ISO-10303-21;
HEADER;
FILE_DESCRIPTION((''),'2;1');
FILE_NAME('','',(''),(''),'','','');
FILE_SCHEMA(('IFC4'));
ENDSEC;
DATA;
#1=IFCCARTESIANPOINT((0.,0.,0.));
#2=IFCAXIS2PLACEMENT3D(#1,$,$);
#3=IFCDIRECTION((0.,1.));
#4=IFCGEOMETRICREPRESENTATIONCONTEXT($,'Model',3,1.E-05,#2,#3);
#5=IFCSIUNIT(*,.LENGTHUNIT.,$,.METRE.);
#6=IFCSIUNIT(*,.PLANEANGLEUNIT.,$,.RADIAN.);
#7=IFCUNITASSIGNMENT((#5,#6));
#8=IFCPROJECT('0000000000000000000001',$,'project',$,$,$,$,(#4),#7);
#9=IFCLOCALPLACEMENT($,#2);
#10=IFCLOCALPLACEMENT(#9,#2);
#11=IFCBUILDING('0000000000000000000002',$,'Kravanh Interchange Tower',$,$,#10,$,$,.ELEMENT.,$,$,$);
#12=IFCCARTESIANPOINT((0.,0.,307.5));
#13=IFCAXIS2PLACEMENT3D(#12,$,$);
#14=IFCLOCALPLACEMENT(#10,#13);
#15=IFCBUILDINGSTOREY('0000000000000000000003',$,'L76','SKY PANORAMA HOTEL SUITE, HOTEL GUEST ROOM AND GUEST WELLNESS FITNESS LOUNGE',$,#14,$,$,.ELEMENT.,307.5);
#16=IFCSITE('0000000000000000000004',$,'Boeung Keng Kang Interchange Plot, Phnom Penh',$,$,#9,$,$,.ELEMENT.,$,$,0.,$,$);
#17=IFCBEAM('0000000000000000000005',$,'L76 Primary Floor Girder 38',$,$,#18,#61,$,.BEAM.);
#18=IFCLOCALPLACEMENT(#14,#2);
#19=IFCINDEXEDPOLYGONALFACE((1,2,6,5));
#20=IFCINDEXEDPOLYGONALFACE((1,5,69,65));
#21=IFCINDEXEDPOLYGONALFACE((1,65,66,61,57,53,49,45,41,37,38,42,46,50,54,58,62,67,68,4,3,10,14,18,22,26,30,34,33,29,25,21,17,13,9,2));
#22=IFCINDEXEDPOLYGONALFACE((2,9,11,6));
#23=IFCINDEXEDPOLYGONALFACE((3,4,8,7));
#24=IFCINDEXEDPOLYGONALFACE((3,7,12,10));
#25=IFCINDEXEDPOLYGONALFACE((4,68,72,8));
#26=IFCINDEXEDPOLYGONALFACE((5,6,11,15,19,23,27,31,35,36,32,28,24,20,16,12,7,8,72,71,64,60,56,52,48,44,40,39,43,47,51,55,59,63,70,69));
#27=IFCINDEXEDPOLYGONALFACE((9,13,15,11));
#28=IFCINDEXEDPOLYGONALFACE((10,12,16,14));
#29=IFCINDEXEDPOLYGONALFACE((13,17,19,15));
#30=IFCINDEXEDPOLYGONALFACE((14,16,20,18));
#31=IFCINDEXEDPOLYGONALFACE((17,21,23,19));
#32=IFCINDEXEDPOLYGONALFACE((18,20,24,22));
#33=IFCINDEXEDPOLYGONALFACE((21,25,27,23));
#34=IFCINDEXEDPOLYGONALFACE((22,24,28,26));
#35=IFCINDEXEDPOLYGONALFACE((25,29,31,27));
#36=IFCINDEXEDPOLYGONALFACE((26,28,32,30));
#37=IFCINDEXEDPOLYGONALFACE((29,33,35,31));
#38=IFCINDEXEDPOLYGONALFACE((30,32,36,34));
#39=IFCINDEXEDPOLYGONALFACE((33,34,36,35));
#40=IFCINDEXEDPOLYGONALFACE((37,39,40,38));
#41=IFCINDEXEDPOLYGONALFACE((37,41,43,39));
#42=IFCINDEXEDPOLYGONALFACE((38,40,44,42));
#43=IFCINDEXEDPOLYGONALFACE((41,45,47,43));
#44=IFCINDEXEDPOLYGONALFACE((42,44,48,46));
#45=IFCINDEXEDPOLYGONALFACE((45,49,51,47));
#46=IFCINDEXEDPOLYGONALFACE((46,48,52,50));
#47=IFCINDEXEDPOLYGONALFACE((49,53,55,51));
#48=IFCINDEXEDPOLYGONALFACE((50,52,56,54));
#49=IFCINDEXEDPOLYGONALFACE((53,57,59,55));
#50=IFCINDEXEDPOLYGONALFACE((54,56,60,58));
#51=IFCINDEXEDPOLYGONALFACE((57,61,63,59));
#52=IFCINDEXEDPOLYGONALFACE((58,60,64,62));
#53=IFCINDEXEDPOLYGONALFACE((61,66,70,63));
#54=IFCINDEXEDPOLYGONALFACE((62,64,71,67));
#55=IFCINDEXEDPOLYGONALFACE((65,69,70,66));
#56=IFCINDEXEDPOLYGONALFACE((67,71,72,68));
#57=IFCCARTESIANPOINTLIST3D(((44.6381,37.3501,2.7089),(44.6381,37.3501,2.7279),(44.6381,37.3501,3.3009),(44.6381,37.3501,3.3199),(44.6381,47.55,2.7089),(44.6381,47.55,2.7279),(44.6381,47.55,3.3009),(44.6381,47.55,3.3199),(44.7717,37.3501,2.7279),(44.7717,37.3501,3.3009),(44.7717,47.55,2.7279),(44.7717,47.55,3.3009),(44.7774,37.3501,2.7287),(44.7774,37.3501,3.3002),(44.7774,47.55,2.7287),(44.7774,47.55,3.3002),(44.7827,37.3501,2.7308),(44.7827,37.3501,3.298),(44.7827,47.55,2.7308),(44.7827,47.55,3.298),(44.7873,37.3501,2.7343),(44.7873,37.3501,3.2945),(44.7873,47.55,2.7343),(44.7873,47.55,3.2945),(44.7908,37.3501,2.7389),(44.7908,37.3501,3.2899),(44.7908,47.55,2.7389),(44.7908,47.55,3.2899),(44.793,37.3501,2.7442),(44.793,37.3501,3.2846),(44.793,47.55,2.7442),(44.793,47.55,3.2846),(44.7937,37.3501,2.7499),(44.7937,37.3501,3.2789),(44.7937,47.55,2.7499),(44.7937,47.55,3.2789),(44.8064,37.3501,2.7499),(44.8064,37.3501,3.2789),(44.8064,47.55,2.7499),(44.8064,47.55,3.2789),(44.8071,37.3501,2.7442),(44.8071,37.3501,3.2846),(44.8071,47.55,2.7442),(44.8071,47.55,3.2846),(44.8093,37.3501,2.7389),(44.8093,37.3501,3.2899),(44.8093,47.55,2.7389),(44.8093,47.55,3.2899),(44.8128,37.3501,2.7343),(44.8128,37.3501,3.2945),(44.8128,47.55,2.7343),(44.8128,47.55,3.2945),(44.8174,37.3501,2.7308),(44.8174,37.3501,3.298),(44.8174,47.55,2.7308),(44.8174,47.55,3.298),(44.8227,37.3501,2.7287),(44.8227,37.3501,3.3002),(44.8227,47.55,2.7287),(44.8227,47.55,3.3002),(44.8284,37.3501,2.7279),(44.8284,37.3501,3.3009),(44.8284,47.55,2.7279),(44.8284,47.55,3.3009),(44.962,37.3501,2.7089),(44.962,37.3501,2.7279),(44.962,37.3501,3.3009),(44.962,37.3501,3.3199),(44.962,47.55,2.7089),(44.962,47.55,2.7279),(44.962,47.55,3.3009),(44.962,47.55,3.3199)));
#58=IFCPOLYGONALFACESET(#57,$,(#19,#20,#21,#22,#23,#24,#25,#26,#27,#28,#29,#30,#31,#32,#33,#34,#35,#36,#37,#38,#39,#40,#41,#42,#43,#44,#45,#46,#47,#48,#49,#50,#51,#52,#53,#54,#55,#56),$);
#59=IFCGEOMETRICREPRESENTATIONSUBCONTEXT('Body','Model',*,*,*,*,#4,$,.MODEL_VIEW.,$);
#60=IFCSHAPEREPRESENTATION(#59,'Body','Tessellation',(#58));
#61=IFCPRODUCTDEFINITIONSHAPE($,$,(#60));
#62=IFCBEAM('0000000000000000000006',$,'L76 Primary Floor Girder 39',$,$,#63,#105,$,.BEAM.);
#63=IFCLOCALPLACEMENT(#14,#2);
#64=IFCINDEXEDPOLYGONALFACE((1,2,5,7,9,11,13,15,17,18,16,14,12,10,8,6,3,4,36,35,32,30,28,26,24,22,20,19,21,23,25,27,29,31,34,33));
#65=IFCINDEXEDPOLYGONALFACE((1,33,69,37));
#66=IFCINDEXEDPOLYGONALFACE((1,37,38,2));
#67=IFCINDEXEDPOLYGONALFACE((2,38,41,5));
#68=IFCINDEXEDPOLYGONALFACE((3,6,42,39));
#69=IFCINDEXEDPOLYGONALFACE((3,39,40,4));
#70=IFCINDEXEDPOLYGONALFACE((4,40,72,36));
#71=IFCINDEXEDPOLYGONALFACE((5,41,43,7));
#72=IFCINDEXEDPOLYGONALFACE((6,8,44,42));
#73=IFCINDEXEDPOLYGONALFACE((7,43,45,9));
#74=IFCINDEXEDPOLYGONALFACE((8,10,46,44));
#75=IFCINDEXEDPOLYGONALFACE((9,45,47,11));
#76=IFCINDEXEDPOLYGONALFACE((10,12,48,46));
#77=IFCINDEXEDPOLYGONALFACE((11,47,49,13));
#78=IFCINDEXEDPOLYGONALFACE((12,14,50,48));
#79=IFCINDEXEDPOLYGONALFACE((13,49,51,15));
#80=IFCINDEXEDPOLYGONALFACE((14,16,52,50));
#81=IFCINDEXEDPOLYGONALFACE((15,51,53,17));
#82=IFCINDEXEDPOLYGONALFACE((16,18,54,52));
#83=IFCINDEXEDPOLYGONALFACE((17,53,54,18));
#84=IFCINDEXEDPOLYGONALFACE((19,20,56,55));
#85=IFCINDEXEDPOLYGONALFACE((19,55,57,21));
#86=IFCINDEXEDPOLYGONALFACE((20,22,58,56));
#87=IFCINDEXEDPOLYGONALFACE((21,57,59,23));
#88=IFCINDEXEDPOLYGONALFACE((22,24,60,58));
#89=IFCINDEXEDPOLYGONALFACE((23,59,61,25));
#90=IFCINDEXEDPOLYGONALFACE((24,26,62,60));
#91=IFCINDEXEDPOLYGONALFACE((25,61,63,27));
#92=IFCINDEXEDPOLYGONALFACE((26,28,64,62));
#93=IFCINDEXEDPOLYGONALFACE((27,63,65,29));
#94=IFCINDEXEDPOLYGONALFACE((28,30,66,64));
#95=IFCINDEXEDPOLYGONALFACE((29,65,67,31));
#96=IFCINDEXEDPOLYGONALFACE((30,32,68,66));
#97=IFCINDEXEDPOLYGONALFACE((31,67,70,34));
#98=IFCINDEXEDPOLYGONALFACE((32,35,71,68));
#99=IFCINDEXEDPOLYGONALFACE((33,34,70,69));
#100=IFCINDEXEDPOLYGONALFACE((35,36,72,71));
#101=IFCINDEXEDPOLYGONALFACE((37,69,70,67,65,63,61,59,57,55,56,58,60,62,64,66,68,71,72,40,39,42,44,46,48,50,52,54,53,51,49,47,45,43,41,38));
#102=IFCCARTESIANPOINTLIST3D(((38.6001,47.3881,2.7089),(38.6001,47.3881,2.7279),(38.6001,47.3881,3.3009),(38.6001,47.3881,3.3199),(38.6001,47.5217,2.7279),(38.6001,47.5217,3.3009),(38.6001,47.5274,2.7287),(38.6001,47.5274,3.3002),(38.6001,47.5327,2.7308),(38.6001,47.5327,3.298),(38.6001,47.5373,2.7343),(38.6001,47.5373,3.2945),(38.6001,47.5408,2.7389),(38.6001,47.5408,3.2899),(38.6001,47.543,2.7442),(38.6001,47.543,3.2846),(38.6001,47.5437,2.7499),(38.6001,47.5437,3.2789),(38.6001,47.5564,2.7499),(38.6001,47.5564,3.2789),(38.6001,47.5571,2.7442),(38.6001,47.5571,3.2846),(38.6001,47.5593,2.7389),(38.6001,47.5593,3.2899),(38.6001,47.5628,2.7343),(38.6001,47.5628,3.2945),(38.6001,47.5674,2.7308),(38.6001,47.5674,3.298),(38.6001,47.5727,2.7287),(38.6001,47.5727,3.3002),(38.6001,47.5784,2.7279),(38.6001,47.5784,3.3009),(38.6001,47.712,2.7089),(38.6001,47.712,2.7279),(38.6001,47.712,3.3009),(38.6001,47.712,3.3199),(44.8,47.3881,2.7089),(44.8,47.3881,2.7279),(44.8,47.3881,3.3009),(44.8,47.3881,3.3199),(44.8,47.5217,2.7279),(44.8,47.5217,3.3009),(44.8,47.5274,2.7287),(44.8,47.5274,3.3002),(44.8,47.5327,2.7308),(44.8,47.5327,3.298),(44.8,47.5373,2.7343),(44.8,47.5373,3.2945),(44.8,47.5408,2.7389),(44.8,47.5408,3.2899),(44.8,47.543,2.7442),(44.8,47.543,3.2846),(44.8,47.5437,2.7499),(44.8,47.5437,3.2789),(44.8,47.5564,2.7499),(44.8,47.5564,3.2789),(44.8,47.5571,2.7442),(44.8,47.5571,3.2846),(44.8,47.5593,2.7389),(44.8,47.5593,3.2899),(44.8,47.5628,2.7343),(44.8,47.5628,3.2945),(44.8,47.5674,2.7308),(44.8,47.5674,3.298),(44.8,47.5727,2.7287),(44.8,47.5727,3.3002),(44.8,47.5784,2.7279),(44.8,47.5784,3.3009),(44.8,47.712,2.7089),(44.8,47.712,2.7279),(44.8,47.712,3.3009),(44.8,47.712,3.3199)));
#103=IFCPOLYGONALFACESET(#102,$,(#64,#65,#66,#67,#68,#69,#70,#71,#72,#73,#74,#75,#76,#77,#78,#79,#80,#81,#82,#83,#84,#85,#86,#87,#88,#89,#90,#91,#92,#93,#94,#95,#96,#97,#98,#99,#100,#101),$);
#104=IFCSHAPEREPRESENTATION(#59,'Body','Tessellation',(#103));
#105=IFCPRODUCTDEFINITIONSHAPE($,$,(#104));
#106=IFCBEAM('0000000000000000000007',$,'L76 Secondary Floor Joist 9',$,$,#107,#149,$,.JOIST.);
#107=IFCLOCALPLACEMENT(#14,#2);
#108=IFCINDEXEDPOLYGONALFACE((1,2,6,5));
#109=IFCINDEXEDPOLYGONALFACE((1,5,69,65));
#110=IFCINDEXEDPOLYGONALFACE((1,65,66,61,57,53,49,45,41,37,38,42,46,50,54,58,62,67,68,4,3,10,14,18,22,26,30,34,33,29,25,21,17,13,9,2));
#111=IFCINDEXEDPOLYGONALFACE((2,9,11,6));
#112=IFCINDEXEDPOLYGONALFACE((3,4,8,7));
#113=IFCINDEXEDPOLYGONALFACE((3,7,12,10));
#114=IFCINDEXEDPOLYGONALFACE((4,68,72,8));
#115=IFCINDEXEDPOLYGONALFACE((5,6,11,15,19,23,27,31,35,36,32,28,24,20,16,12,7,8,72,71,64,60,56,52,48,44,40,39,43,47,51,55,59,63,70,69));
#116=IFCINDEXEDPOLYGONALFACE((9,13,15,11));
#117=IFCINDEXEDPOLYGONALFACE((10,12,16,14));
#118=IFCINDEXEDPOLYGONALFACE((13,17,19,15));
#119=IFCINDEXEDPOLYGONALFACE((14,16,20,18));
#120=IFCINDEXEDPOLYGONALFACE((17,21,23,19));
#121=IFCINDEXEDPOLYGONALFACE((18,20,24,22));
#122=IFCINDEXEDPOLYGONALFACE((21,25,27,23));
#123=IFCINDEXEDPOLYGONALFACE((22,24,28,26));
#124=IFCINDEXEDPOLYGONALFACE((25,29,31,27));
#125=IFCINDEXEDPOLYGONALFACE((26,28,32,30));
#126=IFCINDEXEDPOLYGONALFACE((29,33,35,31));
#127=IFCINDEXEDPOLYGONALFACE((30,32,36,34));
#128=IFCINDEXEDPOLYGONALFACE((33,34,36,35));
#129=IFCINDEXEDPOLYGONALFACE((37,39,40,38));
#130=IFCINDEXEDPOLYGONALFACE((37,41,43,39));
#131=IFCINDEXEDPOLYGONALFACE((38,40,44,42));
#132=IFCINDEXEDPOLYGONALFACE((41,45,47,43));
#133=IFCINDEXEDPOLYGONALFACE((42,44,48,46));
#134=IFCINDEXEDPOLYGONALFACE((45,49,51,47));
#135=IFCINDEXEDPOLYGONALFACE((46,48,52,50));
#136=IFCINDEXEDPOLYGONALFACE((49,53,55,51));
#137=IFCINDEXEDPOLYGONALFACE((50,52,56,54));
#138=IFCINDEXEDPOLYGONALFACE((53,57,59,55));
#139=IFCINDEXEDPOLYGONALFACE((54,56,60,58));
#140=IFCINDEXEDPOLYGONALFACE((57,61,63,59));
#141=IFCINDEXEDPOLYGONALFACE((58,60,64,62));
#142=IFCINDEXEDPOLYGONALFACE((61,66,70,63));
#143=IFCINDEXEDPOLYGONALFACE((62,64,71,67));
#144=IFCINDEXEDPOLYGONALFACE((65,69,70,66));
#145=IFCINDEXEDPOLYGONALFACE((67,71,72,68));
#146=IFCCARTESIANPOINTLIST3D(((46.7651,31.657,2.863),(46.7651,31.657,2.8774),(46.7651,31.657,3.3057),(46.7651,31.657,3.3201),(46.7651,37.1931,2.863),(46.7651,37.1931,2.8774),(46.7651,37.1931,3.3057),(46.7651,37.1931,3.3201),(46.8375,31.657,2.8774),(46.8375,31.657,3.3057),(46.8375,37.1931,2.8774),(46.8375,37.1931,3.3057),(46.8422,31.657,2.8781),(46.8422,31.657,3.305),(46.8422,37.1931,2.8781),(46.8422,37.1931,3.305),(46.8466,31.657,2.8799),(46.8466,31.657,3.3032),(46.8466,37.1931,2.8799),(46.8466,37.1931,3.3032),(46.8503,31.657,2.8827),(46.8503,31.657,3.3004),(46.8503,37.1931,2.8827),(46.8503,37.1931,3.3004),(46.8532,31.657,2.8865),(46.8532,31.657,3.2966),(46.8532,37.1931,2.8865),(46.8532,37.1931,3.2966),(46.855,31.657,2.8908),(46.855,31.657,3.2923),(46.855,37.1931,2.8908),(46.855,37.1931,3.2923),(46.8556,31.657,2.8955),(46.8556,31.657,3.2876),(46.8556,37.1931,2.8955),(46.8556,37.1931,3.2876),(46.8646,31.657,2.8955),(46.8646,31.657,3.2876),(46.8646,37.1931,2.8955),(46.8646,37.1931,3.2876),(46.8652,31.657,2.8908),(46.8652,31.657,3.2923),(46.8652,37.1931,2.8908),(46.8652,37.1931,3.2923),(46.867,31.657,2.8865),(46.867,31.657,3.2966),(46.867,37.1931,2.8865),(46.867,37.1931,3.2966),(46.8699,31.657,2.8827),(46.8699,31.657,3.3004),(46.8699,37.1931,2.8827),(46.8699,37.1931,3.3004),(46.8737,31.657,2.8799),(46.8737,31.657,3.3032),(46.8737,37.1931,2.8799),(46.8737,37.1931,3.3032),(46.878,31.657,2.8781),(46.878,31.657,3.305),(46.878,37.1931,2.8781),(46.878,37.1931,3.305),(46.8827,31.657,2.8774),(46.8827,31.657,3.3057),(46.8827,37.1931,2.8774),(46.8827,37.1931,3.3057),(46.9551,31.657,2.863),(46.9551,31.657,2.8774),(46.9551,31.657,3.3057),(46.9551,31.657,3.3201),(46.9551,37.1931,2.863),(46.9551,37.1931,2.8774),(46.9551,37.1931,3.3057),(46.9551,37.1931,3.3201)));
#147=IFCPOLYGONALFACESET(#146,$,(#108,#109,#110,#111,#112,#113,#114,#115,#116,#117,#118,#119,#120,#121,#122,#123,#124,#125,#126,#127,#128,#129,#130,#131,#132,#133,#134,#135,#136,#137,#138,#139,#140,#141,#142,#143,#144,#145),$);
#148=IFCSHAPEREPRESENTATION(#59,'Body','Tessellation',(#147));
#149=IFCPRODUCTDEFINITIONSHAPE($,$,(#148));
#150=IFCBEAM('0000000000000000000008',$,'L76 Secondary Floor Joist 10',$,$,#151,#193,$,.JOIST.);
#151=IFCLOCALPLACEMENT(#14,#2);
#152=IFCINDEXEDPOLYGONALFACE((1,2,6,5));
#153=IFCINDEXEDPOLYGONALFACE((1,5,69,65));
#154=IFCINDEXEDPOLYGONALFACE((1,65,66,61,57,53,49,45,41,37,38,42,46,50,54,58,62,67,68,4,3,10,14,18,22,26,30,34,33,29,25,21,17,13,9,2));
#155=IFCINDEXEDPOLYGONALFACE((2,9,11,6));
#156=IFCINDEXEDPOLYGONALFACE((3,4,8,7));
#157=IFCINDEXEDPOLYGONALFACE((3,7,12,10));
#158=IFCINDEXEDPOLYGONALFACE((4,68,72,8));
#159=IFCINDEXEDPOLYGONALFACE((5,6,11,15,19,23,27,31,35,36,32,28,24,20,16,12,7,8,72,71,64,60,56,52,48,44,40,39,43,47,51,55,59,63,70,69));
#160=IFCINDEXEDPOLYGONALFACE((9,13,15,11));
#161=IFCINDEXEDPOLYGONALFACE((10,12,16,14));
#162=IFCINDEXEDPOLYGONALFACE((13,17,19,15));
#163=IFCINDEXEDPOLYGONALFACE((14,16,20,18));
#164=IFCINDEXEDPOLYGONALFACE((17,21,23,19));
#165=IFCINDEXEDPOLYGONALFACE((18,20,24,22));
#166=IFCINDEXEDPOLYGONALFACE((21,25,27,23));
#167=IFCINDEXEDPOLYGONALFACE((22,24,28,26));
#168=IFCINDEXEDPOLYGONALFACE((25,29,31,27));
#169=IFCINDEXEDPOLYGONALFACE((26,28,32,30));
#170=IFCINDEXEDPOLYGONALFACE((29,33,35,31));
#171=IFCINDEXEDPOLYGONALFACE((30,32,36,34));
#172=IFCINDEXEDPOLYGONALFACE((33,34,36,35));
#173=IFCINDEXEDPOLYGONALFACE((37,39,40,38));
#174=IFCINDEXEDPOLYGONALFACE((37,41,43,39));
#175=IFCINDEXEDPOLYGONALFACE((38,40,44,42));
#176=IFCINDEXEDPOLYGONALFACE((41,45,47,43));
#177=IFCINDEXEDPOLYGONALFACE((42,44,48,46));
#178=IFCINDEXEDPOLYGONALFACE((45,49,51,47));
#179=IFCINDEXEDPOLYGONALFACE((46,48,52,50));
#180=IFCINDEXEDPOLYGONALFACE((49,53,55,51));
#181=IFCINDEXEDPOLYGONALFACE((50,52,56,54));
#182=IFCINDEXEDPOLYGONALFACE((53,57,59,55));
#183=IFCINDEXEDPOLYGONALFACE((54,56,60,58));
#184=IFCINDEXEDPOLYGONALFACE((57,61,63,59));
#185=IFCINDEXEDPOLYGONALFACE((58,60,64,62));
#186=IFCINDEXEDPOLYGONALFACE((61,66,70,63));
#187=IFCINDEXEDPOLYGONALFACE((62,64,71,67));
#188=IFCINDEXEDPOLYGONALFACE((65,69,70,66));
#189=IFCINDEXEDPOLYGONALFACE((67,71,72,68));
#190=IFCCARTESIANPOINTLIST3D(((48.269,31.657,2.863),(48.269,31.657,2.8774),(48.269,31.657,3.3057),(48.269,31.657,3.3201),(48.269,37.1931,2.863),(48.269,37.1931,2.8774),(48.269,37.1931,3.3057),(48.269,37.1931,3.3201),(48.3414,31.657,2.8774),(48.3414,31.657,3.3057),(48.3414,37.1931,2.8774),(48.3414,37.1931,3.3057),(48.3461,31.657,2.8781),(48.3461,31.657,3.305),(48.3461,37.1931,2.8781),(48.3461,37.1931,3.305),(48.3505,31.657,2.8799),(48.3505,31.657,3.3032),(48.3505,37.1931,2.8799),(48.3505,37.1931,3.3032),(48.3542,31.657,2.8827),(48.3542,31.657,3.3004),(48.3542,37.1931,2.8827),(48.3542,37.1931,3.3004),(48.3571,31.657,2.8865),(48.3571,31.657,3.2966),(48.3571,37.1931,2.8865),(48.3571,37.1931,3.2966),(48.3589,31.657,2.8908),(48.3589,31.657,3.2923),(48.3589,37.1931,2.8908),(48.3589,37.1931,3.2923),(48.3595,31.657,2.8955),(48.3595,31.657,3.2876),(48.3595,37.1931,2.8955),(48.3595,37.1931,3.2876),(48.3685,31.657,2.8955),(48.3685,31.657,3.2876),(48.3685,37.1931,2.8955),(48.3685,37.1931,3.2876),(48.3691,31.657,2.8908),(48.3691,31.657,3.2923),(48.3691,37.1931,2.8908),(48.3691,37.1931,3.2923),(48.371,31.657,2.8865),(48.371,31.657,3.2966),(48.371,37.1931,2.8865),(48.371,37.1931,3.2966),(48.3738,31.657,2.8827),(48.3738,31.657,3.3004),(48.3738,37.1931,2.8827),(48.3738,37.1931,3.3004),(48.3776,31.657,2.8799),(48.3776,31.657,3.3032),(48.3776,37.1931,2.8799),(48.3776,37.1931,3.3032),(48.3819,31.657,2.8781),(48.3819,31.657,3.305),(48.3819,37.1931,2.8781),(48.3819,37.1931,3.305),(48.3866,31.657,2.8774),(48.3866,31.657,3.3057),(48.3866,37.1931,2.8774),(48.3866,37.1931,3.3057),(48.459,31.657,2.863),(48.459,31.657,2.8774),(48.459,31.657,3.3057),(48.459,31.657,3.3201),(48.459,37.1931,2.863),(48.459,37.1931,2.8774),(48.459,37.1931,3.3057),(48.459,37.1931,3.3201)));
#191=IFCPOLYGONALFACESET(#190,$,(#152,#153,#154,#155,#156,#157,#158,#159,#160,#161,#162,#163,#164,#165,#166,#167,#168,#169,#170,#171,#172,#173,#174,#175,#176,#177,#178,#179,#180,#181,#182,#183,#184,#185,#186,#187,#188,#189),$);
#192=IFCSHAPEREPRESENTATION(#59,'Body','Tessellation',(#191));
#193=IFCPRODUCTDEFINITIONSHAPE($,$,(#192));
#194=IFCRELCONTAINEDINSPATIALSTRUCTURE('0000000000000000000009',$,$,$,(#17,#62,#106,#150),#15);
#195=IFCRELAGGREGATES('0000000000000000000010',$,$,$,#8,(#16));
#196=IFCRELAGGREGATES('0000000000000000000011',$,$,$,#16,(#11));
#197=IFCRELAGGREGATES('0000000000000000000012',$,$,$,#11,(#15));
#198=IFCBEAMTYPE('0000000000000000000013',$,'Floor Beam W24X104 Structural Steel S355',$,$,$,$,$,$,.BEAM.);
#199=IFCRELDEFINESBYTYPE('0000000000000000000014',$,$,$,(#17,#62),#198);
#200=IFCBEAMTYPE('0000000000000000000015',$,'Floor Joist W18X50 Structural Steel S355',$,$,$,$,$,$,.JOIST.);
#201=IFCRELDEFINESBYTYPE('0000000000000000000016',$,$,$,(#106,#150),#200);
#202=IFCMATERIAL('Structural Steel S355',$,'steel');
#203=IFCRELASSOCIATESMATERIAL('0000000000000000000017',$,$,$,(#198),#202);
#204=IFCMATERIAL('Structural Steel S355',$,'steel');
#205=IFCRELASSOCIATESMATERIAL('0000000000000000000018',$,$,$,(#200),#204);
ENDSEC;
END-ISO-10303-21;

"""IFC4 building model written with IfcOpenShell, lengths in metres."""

from ifc_helpers import new_model, si_unit, direction, frame, origin, origin_2d, place, context, subcontext, project, spatial, i_section, extrude, material, material_profile, profile_set, type_object, element, save


model = new_model("IFC4")

# Units and contexts
model_context = context("Model", 3, precision=1e-05, world=origin(), true_north=direction((0.0, 1.0)))
body_context = subcontext(model_context, "Body", "Model", "MODEL_VIEW")
ifc_project = project(units=[si_unit("LENGTHUNIT", "METRE"), si_unit("PLANEANGLEUNIT", "RADIAN")], contexts=[model_context])

# Site, building, storey
site_placement = place(None, origin())
site = spatial("IfcSite", under=ifc_project, at=site_placement, Name="Boeung Keng Kang Interchange Plot, Phnom Penh", CompositionType="ELEMENT", RefElevation=0.0)
building_placement = place(site_placement, origin())
building = spatial("IfcBuilding", under=site, at=building_placement, Name="Kravanh Interchange Tower", CompositionType="ELEMENT")
storey_placement = place(building_placement, frame((0.0, 0.0, 307.5)))
storey = spatial("IfcBuildingStorey", under=building, at=storey_placement, Name="L76", Description="SKY PANORAMA HOTEL SUITE, HOTEL GUEST ROOM AND GUEST WELLNESS FITNESS LOUNGE", CompositionType="ELEMENT", Elevation=307.5)

# Beams
ifc_material_1 = material(Name="Structural Steel S355", Category="steel")
ifc_material_profile_1 = material_profile(ifc_material_1, i_section(OverallWidth=0.324, OverallDepth=0.6111, WebThickness=0.0127, FlangeThickness=0.019, FilletRadius=0.022, at=origin_2d()), Name="W24X104")
ifc_profile_set_1 = profile_set([ifc_material_profile_1], Name="Structural Steel S355")
beam_type_1 = type_object("IfcBeamType", Name="Floor Beam W24X104 Structural Steel S355", PredefinedType="BEAM", material=ifc_profile_set_1)
beam_1_placement = place(storey_placement, frame((44.8, 37.3501, 3.0144), z_axis=(0.0, 1.0, 0.0), x_axis=(-1.0, 0.0, 0.0)))
element("IfcBeam", 1, at=beam_1_placement, inside=storey, type_object=beam_type_1, Name="L76 Primary Floor Girder 38", PredefinedType="BEAM", context=body_context, shape_type="SweptSolid", body=[
    extrude(i_section(OverallWidth=0.324, OverallDepth=0.6111, WebThickness=0.0127, FlangeThickness=0.019, FilletRadius=0.022, at=origin_2d()), origin(), (0.0, 0.0, 1.0), 10.2),
])
beam_2_placement = place(storey_placement, frame((44.8, 47.55, 3.0144), z_axis=(-1.0, 0.0, 0.0), x_axis=(0.0, -1.0, 0.0)))
element("IfcBeam", 2, at=beam_2_placement, inside=storey, type_object=beam_type_1, Name="L76 Primary Floor Girder 39", PredefinedType="BEAM", context=body_context, shape_type="SweptSolid", body=[
    extrude(i_section(OverallWidth=0.324, OverallDepth=0.6111, WebThickness=0.0127, FlangeThickness=0.019, FilletRadius=0.022, at=origin_2d()), origin(), (0.0, 0.0, 1.0), 6.2),
])
ifc_material_2 = material(Name="Structural Steel S355", Category="steel")
ifc_material_profile_2 = material_profile(ifc_material_2, i_section(OverallWidth=0.1899, OverallDepth=0.457, WebThickness=0.009, FlangeThickness=0.0144, FilletRadius=0.0181, at=origin_2d()), Name="W18X50")
ifc_profile_set_2 = profile_set([ifc_material_profile_2], Name="Structural Steel S355")
beam_type_2 = type_object("IfcBeamType", Name="Floor Joist W18X50 Structural Steel S355", PredefinedType="JOIST", material=ifc_profile_set_2)
for number, where, z_axis, x_axis, name in (
    (3, (46.8601, 31.657, 3.0916), (0.0, 1.0, 0.0), (-1.0, 0.0, 0.0), "L76 Secondary Floor Joist 9"),
    (4, (48.364, 31.657, 3.0916), (0.0, 1.0, 0.0), (-1.0, 0.0, 0.0), "L76 Secondary Floor Joist 10"),
):
    element("IfcBeam", number, at=place(storey_placement, frame(where, z_axis=z_axis, x_axis=x_axis)), inside=storey, type_object=beam_type_2, Name=name, PredefinedType="JOIST", context=body_context, shape_type="SweptSolid", body=[
        extrude(i_section(OverallWidth=0.1899, OverallDepth=0.457, WebThickness=0.009, FlangeThickness=0.0144, FilletRadius=0.0181, at=origin_2d()), origin(), (0.0, 0.0, 1.0), 5.5361),
    ])

save(model, "model.ifc")
